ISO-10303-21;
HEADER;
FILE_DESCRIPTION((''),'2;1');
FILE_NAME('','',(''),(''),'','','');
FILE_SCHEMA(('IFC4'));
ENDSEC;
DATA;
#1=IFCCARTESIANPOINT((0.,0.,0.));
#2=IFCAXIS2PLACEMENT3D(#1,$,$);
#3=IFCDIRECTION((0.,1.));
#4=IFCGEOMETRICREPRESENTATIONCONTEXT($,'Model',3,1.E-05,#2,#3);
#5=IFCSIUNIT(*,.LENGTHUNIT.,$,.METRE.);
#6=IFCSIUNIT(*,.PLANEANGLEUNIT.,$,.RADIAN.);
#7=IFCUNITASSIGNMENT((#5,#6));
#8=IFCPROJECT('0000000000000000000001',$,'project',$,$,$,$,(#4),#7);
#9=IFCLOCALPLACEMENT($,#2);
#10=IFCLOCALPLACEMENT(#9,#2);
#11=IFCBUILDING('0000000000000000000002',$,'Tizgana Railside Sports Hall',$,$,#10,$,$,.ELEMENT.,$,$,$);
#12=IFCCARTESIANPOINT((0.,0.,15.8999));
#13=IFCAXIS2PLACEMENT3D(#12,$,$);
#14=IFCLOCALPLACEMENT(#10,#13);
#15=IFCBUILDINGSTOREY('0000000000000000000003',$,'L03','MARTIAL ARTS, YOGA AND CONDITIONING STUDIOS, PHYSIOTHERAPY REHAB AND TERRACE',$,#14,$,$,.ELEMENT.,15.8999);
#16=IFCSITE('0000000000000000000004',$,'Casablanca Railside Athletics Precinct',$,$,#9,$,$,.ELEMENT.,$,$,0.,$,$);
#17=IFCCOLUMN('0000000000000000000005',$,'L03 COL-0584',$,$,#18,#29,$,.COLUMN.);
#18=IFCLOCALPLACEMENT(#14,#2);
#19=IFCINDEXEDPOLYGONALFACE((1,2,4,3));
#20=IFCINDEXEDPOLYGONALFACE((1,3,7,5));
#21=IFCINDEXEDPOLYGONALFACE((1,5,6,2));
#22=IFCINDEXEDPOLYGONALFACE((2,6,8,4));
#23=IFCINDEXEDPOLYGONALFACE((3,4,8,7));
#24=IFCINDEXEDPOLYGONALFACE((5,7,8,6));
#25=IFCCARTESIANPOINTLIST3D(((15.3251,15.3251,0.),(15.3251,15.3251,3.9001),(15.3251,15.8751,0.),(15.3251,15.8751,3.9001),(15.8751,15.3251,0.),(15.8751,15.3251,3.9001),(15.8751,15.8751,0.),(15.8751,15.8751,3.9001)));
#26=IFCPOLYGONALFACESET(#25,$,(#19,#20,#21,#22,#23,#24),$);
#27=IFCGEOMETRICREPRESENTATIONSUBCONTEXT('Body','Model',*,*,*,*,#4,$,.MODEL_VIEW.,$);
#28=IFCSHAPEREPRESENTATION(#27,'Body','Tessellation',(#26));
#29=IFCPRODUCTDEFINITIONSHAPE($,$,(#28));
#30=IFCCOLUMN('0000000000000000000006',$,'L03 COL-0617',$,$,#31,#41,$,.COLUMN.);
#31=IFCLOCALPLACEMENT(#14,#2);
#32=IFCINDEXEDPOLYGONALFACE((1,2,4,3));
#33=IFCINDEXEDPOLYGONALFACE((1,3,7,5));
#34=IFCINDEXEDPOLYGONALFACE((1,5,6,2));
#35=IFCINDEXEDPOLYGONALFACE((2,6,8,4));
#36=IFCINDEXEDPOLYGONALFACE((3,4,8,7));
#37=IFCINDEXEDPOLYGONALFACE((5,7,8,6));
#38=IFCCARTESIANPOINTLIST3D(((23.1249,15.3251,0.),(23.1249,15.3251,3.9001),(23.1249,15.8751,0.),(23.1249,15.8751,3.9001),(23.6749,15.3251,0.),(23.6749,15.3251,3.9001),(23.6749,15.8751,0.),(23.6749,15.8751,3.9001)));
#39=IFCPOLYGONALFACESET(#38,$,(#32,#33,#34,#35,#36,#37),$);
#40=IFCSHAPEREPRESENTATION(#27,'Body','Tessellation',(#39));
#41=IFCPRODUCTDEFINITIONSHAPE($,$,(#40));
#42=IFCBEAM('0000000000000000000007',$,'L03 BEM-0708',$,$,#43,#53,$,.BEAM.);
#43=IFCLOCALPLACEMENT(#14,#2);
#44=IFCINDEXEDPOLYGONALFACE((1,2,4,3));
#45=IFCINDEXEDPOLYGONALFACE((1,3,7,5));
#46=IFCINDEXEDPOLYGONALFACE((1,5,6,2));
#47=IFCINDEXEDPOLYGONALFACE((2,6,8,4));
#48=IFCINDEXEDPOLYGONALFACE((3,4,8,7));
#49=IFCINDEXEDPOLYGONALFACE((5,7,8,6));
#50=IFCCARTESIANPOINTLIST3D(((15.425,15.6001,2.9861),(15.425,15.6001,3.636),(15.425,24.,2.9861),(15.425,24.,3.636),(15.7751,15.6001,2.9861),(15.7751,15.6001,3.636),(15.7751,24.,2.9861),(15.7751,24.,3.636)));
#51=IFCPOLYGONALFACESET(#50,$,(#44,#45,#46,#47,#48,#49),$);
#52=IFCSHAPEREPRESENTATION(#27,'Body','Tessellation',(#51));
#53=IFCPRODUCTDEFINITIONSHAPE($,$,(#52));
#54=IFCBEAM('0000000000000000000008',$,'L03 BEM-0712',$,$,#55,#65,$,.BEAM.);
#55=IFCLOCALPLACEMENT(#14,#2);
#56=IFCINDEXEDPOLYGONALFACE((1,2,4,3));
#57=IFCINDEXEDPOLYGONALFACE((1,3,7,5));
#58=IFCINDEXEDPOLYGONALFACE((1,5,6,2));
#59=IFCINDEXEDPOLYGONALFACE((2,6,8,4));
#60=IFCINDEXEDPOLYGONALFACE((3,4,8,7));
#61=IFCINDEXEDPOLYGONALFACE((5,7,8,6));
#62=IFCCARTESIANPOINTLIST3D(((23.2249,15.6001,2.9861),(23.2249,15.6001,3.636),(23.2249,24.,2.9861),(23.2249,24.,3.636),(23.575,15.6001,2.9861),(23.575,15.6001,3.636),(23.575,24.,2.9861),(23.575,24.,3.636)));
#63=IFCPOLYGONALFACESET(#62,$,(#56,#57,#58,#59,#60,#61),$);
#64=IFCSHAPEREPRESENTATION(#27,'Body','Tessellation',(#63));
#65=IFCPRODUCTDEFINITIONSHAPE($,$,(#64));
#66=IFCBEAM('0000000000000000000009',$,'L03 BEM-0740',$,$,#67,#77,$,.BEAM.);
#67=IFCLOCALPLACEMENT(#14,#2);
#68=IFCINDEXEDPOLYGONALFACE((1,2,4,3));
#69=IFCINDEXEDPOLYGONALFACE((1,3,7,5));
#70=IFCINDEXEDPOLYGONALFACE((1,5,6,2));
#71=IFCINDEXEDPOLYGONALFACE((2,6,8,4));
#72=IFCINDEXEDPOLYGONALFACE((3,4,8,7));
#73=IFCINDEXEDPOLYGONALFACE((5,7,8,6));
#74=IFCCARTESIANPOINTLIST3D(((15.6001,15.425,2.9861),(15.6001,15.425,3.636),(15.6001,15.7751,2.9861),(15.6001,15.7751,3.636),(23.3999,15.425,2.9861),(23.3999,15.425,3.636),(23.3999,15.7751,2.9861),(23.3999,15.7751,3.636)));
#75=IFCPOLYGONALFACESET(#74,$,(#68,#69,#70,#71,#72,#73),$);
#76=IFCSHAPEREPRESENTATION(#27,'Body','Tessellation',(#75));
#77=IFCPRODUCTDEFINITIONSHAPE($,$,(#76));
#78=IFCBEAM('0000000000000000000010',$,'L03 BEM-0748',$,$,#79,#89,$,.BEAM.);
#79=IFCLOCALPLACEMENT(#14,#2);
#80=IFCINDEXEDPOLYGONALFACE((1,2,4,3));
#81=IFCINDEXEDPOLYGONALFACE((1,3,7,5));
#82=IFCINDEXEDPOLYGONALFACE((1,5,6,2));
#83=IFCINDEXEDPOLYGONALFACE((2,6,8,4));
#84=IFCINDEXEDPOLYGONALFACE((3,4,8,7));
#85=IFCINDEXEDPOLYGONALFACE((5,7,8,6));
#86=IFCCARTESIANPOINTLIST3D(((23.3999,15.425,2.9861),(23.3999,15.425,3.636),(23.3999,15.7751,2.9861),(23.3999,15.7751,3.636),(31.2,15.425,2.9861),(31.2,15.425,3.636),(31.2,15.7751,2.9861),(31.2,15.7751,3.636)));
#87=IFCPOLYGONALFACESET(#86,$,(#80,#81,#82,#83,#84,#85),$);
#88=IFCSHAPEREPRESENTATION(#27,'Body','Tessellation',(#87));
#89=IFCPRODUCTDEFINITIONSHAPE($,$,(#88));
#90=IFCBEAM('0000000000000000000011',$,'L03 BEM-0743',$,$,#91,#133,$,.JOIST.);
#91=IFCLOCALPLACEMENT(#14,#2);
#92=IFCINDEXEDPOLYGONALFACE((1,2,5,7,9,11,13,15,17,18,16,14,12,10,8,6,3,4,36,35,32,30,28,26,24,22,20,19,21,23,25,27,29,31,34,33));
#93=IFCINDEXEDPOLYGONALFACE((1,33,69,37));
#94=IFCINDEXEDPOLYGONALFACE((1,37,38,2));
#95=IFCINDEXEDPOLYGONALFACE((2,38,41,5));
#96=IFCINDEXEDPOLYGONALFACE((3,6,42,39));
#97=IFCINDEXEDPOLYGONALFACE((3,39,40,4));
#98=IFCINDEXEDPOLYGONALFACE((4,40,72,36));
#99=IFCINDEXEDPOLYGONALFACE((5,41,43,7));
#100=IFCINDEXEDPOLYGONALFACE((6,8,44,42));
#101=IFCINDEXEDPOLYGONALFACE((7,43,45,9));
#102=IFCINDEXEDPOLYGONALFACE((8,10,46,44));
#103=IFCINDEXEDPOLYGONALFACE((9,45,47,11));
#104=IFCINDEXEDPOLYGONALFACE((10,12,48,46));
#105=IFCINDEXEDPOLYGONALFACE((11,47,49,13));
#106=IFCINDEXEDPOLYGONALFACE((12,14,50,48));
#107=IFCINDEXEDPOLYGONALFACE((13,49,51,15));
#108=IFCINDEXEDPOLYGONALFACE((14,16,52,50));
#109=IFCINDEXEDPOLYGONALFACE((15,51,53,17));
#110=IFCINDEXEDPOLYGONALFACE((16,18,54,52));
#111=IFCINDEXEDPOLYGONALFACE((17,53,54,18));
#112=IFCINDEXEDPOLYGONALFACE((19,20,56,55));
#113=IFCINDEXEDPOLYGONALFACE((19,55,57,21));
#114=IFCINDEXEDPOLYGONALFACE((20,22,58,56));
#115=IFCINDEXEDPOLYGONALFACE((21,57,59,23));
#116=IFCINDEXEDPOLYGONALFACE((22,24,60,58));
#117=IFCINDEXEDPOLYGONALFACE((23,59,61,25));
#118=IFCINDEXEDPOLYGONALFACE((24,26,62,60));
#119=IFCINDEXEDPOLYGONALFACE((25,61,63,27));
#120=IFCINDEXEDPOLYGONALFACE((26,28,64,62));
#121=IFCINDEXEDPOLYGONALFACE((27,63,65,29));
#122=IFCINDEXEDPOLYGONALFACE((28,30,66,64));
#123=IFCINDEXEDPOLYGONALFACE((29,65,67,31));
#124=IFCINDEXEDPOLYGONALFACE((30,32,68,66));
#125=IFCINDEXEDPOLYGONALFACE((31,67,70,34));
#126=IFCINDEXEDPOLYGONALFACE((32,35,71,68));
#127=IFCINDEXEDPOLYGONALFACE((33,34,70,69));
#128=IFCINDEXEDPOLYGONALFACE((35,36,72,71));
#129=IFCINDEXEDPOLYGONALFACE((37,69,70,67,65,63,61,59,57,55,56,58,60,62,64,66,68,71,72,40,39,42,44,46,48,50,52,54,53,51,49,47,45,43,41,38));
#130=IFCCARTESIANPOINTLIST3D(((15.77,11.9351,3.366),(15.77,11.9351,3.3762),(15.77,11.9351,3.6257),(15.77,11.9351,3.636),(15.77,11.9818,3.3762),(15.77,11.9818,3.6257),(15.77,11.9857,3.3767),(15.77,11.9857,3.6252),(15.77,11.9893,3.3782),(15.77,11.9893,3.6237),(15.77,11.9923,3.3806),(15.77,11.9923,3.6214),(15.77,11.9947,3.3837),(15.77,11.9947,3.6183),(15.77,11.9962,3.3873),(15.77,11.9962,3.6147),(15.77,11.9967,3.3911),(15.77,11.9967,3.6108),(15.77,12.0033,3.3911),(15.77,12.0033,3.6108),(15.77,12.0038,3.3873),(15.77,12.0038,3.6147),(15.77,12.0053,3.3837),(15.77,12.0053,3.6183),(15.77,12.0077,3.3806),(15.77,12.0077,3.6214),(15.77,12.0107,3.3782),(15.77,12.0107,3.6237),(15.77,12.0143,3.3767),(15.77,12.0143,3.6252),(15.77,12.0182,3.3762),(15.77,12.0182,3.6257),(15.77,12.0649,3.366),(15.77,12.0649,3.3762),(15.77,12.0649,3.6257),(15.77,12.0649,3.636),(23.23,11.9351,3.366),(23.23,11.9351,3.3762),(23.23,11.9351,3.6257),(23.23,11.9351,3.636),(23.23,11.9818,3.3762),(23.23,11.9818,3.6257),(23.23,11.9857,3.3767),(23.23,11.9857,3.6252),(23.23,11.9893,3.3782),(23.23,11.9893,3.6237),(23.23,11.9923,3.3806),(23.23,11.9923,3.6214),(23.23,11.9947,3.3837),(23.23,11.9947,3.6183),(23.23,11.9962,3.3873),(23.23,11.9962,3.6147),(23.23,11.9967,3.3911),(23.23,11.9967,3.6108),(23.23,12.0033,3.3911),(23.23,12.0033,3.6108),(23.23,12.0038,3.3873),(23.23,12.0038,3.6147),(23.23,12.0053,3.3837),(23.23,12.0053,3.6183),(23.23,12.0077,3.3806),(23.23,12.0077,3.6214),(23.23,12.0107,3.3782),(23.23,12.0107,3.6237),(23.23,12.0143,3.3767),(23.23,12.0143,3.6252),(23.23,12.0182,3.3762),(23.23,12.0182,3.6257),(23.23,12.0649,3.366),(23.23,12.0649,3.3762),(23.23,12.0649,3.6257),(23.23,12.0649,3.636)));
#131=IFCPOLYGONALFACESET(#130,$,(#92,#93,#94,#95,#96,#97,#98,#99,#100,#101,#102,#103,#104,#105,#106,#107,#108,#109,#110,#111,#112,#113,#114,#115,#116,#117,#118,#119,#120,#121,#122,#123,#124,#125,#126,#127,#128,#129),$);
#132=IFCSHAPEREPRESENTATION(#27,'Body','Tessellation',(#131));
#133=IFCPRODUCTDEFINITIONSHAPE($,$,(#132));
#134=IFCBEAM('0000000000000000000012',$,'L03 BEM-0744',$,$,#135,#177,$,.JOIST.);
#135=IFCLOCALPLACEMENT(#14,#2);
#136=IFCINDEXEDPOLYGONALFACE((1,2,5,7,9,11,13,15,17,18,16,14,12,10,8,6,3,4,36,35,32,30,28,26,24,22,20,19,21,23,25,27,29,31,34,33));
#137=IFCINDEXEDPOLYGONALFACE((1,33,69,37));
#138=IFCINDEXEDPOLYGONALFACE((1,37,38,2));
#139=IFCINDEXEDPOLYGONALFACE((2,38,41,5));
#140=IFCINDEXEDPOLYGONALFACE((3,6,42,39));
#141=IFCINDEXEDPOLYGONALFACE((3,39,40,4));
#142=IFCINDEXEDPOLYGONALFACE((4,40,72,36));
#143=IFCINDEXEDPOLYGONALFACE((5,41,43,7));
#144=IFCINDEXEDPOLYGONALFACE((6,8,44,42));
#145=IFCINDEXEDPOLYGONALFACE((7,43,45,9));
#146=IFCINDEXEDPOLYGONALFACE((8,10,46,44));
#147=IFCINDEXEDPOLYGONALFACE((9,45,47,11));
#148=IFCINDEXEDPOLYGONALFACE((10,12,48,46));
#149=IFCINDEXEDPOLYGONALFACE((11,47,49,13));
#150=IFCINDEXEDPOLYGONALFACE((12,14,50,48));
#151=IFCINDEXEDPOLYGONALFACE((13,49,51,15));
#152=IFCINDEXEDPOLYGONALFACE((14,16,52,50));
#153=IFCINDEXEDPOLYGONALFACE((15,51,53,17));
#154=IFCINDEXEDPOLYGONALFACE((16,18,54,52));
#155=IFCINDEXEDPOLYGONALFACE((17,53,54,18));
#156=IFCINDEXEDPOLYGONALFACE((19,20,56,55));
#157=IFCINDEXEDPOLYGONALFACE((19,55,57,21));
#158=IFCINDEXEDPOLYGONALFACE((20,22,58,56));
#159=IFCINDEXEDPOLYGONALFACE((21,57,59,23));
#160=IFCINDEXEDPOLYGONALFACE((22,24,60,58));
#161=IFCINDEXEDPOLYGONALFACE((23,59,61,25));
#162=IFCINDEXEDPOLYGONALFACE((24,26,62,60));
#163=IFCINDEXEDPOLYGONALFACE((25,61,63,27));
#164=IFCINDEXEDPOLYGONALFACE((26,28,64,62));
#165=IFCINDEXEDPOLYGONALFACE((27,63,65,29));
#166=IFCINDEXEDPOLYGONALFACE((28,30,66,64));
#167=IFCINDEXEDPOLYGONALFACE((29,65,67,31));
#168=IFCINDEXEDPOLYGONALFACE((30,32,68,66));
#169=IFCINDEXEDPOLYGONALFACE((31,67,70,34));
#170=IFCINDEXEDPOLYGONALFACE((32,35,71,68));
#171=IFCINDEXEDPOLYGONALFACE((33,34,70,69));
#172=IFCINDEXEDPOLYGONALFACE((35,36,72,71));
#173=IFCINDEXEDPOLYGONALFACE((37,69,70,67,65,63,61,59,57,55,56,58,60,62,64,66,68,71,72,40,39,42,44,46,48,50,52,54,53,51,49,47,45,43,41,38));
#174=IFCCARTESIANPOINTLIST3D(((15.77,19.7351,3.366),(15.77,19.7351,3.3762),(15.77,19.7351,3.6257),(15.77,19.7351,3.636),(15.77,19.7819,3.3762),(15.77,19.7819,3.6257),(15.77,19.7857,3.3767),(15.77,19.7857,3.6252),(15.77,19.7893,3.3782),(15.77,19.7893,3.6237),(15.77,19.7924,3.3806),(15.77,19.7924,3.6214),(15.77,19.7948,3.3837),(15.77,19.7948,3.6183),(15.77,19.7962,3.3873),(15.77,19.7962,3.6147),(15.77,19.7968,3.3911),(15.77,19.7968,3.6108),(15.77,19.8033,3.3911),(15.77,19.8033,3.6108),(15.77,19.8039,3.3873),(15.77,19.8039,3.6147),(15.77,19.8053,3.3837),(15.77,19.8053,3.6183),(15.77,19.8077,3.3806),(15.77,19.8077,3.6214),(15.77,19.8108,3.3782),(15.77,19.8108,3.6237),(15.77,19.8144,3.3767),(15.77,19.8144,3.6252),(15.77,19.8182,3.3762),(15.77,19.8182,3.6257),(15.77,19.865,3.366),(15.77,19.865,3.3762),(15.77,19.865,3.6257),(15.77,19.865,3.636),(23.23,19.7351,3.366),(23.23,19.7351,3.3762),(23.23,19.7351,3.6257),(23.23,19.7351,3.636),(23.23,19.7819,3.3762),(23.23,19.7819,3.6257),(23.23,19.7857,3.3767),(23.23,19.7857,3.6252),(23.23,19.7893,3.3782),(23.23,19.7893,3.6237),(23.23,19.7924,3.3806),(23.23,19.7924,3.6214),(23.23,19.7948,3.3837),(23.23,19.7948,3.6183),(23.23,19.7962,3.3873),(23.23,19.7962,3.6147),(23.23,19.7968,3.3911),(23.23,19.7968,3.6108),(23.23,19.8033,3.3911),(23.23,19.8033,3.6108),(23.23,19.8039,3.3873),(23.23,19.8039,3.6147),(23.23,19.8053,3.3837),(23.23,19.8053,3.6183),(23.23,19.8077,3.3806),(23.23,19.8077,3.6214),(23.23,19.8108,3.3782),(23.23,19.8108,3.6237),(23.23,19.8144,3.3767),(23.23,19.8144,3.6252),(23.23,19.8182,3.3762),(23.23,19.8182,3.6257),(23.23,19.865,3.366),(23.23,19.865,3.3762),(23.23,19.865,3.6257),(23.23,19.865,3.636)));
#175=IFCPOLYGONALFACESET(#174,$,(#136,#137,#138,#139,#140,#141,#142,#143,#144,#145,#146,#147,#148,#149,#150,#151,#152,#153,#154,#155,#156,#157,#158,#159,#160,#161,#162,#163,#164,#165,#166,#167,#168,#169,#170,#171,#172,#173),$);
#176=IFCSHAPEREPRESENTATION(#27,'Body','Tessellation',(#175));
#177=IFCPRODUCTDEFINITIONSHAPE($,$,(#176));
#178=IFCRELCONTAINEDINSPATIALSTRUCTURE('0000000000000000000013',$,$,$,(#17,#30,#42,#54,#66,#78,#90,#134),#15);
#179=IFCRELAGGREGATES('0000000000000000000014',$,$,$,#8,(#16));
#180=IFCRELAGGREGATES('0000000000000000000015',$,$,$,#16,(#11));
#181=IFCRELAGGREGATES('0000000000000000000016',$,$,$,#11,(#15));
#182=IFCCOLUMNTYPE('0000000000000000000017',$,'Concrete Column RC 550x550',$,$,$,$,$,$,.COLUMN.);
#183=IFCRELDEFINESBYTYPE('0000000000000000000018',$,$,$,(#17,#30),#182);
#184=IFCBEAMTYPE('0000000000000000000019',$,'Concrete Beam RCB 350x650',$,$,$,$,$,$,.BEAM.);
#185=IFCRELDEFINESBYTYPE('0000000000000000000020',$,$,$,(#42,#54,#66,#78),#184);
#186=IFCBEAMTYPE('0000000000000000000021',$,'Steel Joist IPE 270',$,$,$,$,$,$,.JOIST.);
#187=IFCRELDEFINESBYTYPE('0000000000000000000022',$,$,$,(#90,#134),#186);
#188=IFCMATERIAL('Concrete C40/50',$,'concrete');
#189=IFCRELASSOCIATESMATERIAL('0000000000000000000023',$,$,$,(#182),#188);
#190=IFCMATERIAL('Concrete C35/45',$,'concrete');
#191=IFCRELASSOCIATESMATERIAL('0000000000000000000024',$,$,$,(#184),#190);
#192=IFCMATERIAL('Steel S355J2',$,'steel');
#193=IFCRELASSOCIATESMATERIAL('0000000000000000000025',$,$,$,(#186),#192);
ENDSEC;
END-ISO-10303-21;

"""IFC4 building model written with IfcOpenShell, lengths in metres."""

from ifc_helpers import new_model, si_unit, direction, frame, origin, origin_2d, place, context, subcontext, project, spatial, rectangle, i_section, extrude, material, material_profile, profile_set, type_object, element, save


model = new_model("IFC4")

# Units and contexts
model_context = context("Model", 3, precision=1e-05, world=origin(), true_north=direction((0.0, 1.0)))
body_context = subcontext(model_context, "Body", "Model", "MODEL_VIEW")
ifc_project = project(units=[si_unit("LENGTHUNIT", "METRE"), si_unit("PLANEANGLEUNIT", "RADIAN")], contexts=[model_context])

# Site, building, storey
site_placement = place(None, origin())
site = spatial("IfcSite", under=ifc_project, at=site_placement, Name="Casablanca Railside Athletics Precinct", CompositionType="ELEMENT", RefElevation=0.0)
building_placement = place(site_placement, origin())
building = spatial("IfcBuilding", under=site, at=building_placement, Name="Tizgana Railside Sports Hall", CompositionType="ELEMENT")
storey_placement = place(building_placement, frame((0.0, 0.0, 15.8999)))
storey = spatial("IfcBuildingStorey", under=building, at=storey_placement, Name="L03", Description="MARTIAL ARTS, YOGA AND CONDITIONING STUDIOS, PHYSIOTHERAPY REHAB AND TERRACE", CompositionType="ELEMENT", Elevation=15.8999)

# Columns
ifc_material_1 = material(Name="Concrete C40/50", Category="concrete")
ifc_material_profile_1 = material_profile(ifc_material_1, rectangle(XDim=0.55, YDim=0.55, at=origin_2d()), Name="RC 550x550")
ifc_profile_set_1 = profile_set([ifc_material_profile_1], Name="Concrete C40/50")
column_type = type_object("IfcColumnType", Name="Concrete Column RC 550x550", PredefinedType="COLUMN", material=ifc_profile_set_1)
for number, where, z_axis, x_axis, name in (
    (1, (15.6001, 15.6001, 0.0), (0.0, 0.0, 1.0), (1.0, 0.0, 0.0), "L03 COL-0584"),
    (2, (23.3999, 15.6001, 0.0), (0.0, 0.0, 1.0), (1.0, 0.0, 0.0), "L03 COL-0617"),
):
    element("IfcColumn", number, at=place(storey_placement, frame(where, z_axis=z_axis, x_axis=x_axis)), inside=storey, type_object=column_type, Name=name, PredefinedType="COLUMN", context=body_context, shape_type="SweptSolid", body=[
        extrude(rectangle(XDim=0.55, YDim=0.55, at=origin_2d()), origin(), (0.0, 0.0, 1.0), 3.9001),
    ])

# Beams
ifc_material_2 = material(Name="Concrete C35/45", Category="concrete")
ifc_material_profile_2 = material_profile(ifc_material_2, rectangle(XDim=0.3501, YDim=0.6499, at=origin_2d()), Name="RCB 350x650")
ifc_profile_set_2 = profile_set([ifc_material_profile_2], Name="Concrete C35/45")
beam_type_1 = type_object("IfcBeamType", Name="Concrete Beam RCB 350x650", PredefinedType="BEAM", material=ifc_profile_set_2)
for number, where, z_axis, x_axis, name in (
    (3, (15.6001, 15.6001, 3.311), (0.0, 1.0, 0.0), (-1.0, 0.0, 0.0), "L03 BEM-0708"),
    (4, (23.3999, 15.6001, 3.311), (0.0, 1.0, 0.0), (-1.0, 0.0, 0.0), "L03 BEM-0712"),
):
    element("IfcBeam", number, at=place(storey_placement, frame(where, z_axis=z_axis, x_axis=x_axis)), inside=storey, type_object=beam_type_1, Name=name, PredefinedType="BEAM", context=body_context, shape_type="SweptSolid", body=[
        extrude(rectangle(XDim=0.3501, YDim=0.6499, at=origin_2d()), origin(), (0.0, 0.0, 1.0), 8.3999),
    ])
beam_1_placement = place(storey_placement, frame((15.6001, 15.6001, 3.311), z_axis=(1.0, 0.0, 0.0), x_axis=(0.0, 1.0, 0.0)))
element("IfcBeam", 5, at=beam_1_placement, inside=storey, type_object=beam_type_1, Name="L03 BEM-0740", PredefinedType="BEAM", context=body_context, shape_type="SweptSolid", body=[
    extrude(rectangle(XDim=0.3501, YDim=0.6499, at=origin_2d()), origin(), (0.0, 0.0, 1.0), 7.7998),
])
beam_2_placement = place(storey_placement, frame((23.3999, 15.6001, 3.311), z_axis=(1.0, 0.0, 0.0), x_axis=(0.0, 1.0, 0.0)))
element("IfcBeam", 6, at=beam_2_placement, inside=storey, type_object=beam_type_1, Name="L03 BEM-0748", PredefinedType="BEAM", context=body_context, shape_type="SweptSolid", body=[
    extrude(rectangle(XDim=0.3501, YDim=0.6499, at=origin_2d()), origin(), (0.0, 0.0, 1.0), 7.8),
])
ifc_material_3 = material(Name="Steel S355J2", Category="steel")
ifc_material_profile_3 = material_profile(ifc_material_3, i_section(OverallWidth=0.1299, OverallDepth=0.27, WebThickness=0.0066, FlangeThickness=0.0103, FilletRadius=0.0149, at=origin_2d()), Name="IPE 270")
ifc_profile_set_3 = profile_set([ifc_material_profile_3], Name="Steel S355J2")
beam_type_2 = type_object("IfcBeamType", Name="Steel Joist IPE 270", PredefinedType="JOIST", material=ifc_profile_set_3)
for number, where, z_axis, x_axis, name in (
    (7, (15.77, 12.0, 3.501), (1.0, 0.0, 0.0), (0.0, 1.0, 0.0), "L03 BEM-0743"),
    (8, (15.77, 19.8, 3.501), (1.0, 0.0, 0.0), (0.0, 1.0, 0.0), "L03 BEM-0744"),
):
    element("IfcBeam", number, at=place(storey_placement, frame(where, z_axis=z_axis, x_axis=x_axis)), inside=storey, type_object=beam_type_2, Name=name, PredefinedType="JOIST", context=body_context, shape_type="SweptSolid", body=[
        extrude(i_section(OverallWidth=0.1299, OverallDepth=0.27, WebThickness=0.0066, FlangeThickness=0.0103, FilletRadius=0.0149, at=origin_2d()), origin(), (0.0, 0.0, 1.0), 7.46),
    ])

save(model, "model.ifc")
